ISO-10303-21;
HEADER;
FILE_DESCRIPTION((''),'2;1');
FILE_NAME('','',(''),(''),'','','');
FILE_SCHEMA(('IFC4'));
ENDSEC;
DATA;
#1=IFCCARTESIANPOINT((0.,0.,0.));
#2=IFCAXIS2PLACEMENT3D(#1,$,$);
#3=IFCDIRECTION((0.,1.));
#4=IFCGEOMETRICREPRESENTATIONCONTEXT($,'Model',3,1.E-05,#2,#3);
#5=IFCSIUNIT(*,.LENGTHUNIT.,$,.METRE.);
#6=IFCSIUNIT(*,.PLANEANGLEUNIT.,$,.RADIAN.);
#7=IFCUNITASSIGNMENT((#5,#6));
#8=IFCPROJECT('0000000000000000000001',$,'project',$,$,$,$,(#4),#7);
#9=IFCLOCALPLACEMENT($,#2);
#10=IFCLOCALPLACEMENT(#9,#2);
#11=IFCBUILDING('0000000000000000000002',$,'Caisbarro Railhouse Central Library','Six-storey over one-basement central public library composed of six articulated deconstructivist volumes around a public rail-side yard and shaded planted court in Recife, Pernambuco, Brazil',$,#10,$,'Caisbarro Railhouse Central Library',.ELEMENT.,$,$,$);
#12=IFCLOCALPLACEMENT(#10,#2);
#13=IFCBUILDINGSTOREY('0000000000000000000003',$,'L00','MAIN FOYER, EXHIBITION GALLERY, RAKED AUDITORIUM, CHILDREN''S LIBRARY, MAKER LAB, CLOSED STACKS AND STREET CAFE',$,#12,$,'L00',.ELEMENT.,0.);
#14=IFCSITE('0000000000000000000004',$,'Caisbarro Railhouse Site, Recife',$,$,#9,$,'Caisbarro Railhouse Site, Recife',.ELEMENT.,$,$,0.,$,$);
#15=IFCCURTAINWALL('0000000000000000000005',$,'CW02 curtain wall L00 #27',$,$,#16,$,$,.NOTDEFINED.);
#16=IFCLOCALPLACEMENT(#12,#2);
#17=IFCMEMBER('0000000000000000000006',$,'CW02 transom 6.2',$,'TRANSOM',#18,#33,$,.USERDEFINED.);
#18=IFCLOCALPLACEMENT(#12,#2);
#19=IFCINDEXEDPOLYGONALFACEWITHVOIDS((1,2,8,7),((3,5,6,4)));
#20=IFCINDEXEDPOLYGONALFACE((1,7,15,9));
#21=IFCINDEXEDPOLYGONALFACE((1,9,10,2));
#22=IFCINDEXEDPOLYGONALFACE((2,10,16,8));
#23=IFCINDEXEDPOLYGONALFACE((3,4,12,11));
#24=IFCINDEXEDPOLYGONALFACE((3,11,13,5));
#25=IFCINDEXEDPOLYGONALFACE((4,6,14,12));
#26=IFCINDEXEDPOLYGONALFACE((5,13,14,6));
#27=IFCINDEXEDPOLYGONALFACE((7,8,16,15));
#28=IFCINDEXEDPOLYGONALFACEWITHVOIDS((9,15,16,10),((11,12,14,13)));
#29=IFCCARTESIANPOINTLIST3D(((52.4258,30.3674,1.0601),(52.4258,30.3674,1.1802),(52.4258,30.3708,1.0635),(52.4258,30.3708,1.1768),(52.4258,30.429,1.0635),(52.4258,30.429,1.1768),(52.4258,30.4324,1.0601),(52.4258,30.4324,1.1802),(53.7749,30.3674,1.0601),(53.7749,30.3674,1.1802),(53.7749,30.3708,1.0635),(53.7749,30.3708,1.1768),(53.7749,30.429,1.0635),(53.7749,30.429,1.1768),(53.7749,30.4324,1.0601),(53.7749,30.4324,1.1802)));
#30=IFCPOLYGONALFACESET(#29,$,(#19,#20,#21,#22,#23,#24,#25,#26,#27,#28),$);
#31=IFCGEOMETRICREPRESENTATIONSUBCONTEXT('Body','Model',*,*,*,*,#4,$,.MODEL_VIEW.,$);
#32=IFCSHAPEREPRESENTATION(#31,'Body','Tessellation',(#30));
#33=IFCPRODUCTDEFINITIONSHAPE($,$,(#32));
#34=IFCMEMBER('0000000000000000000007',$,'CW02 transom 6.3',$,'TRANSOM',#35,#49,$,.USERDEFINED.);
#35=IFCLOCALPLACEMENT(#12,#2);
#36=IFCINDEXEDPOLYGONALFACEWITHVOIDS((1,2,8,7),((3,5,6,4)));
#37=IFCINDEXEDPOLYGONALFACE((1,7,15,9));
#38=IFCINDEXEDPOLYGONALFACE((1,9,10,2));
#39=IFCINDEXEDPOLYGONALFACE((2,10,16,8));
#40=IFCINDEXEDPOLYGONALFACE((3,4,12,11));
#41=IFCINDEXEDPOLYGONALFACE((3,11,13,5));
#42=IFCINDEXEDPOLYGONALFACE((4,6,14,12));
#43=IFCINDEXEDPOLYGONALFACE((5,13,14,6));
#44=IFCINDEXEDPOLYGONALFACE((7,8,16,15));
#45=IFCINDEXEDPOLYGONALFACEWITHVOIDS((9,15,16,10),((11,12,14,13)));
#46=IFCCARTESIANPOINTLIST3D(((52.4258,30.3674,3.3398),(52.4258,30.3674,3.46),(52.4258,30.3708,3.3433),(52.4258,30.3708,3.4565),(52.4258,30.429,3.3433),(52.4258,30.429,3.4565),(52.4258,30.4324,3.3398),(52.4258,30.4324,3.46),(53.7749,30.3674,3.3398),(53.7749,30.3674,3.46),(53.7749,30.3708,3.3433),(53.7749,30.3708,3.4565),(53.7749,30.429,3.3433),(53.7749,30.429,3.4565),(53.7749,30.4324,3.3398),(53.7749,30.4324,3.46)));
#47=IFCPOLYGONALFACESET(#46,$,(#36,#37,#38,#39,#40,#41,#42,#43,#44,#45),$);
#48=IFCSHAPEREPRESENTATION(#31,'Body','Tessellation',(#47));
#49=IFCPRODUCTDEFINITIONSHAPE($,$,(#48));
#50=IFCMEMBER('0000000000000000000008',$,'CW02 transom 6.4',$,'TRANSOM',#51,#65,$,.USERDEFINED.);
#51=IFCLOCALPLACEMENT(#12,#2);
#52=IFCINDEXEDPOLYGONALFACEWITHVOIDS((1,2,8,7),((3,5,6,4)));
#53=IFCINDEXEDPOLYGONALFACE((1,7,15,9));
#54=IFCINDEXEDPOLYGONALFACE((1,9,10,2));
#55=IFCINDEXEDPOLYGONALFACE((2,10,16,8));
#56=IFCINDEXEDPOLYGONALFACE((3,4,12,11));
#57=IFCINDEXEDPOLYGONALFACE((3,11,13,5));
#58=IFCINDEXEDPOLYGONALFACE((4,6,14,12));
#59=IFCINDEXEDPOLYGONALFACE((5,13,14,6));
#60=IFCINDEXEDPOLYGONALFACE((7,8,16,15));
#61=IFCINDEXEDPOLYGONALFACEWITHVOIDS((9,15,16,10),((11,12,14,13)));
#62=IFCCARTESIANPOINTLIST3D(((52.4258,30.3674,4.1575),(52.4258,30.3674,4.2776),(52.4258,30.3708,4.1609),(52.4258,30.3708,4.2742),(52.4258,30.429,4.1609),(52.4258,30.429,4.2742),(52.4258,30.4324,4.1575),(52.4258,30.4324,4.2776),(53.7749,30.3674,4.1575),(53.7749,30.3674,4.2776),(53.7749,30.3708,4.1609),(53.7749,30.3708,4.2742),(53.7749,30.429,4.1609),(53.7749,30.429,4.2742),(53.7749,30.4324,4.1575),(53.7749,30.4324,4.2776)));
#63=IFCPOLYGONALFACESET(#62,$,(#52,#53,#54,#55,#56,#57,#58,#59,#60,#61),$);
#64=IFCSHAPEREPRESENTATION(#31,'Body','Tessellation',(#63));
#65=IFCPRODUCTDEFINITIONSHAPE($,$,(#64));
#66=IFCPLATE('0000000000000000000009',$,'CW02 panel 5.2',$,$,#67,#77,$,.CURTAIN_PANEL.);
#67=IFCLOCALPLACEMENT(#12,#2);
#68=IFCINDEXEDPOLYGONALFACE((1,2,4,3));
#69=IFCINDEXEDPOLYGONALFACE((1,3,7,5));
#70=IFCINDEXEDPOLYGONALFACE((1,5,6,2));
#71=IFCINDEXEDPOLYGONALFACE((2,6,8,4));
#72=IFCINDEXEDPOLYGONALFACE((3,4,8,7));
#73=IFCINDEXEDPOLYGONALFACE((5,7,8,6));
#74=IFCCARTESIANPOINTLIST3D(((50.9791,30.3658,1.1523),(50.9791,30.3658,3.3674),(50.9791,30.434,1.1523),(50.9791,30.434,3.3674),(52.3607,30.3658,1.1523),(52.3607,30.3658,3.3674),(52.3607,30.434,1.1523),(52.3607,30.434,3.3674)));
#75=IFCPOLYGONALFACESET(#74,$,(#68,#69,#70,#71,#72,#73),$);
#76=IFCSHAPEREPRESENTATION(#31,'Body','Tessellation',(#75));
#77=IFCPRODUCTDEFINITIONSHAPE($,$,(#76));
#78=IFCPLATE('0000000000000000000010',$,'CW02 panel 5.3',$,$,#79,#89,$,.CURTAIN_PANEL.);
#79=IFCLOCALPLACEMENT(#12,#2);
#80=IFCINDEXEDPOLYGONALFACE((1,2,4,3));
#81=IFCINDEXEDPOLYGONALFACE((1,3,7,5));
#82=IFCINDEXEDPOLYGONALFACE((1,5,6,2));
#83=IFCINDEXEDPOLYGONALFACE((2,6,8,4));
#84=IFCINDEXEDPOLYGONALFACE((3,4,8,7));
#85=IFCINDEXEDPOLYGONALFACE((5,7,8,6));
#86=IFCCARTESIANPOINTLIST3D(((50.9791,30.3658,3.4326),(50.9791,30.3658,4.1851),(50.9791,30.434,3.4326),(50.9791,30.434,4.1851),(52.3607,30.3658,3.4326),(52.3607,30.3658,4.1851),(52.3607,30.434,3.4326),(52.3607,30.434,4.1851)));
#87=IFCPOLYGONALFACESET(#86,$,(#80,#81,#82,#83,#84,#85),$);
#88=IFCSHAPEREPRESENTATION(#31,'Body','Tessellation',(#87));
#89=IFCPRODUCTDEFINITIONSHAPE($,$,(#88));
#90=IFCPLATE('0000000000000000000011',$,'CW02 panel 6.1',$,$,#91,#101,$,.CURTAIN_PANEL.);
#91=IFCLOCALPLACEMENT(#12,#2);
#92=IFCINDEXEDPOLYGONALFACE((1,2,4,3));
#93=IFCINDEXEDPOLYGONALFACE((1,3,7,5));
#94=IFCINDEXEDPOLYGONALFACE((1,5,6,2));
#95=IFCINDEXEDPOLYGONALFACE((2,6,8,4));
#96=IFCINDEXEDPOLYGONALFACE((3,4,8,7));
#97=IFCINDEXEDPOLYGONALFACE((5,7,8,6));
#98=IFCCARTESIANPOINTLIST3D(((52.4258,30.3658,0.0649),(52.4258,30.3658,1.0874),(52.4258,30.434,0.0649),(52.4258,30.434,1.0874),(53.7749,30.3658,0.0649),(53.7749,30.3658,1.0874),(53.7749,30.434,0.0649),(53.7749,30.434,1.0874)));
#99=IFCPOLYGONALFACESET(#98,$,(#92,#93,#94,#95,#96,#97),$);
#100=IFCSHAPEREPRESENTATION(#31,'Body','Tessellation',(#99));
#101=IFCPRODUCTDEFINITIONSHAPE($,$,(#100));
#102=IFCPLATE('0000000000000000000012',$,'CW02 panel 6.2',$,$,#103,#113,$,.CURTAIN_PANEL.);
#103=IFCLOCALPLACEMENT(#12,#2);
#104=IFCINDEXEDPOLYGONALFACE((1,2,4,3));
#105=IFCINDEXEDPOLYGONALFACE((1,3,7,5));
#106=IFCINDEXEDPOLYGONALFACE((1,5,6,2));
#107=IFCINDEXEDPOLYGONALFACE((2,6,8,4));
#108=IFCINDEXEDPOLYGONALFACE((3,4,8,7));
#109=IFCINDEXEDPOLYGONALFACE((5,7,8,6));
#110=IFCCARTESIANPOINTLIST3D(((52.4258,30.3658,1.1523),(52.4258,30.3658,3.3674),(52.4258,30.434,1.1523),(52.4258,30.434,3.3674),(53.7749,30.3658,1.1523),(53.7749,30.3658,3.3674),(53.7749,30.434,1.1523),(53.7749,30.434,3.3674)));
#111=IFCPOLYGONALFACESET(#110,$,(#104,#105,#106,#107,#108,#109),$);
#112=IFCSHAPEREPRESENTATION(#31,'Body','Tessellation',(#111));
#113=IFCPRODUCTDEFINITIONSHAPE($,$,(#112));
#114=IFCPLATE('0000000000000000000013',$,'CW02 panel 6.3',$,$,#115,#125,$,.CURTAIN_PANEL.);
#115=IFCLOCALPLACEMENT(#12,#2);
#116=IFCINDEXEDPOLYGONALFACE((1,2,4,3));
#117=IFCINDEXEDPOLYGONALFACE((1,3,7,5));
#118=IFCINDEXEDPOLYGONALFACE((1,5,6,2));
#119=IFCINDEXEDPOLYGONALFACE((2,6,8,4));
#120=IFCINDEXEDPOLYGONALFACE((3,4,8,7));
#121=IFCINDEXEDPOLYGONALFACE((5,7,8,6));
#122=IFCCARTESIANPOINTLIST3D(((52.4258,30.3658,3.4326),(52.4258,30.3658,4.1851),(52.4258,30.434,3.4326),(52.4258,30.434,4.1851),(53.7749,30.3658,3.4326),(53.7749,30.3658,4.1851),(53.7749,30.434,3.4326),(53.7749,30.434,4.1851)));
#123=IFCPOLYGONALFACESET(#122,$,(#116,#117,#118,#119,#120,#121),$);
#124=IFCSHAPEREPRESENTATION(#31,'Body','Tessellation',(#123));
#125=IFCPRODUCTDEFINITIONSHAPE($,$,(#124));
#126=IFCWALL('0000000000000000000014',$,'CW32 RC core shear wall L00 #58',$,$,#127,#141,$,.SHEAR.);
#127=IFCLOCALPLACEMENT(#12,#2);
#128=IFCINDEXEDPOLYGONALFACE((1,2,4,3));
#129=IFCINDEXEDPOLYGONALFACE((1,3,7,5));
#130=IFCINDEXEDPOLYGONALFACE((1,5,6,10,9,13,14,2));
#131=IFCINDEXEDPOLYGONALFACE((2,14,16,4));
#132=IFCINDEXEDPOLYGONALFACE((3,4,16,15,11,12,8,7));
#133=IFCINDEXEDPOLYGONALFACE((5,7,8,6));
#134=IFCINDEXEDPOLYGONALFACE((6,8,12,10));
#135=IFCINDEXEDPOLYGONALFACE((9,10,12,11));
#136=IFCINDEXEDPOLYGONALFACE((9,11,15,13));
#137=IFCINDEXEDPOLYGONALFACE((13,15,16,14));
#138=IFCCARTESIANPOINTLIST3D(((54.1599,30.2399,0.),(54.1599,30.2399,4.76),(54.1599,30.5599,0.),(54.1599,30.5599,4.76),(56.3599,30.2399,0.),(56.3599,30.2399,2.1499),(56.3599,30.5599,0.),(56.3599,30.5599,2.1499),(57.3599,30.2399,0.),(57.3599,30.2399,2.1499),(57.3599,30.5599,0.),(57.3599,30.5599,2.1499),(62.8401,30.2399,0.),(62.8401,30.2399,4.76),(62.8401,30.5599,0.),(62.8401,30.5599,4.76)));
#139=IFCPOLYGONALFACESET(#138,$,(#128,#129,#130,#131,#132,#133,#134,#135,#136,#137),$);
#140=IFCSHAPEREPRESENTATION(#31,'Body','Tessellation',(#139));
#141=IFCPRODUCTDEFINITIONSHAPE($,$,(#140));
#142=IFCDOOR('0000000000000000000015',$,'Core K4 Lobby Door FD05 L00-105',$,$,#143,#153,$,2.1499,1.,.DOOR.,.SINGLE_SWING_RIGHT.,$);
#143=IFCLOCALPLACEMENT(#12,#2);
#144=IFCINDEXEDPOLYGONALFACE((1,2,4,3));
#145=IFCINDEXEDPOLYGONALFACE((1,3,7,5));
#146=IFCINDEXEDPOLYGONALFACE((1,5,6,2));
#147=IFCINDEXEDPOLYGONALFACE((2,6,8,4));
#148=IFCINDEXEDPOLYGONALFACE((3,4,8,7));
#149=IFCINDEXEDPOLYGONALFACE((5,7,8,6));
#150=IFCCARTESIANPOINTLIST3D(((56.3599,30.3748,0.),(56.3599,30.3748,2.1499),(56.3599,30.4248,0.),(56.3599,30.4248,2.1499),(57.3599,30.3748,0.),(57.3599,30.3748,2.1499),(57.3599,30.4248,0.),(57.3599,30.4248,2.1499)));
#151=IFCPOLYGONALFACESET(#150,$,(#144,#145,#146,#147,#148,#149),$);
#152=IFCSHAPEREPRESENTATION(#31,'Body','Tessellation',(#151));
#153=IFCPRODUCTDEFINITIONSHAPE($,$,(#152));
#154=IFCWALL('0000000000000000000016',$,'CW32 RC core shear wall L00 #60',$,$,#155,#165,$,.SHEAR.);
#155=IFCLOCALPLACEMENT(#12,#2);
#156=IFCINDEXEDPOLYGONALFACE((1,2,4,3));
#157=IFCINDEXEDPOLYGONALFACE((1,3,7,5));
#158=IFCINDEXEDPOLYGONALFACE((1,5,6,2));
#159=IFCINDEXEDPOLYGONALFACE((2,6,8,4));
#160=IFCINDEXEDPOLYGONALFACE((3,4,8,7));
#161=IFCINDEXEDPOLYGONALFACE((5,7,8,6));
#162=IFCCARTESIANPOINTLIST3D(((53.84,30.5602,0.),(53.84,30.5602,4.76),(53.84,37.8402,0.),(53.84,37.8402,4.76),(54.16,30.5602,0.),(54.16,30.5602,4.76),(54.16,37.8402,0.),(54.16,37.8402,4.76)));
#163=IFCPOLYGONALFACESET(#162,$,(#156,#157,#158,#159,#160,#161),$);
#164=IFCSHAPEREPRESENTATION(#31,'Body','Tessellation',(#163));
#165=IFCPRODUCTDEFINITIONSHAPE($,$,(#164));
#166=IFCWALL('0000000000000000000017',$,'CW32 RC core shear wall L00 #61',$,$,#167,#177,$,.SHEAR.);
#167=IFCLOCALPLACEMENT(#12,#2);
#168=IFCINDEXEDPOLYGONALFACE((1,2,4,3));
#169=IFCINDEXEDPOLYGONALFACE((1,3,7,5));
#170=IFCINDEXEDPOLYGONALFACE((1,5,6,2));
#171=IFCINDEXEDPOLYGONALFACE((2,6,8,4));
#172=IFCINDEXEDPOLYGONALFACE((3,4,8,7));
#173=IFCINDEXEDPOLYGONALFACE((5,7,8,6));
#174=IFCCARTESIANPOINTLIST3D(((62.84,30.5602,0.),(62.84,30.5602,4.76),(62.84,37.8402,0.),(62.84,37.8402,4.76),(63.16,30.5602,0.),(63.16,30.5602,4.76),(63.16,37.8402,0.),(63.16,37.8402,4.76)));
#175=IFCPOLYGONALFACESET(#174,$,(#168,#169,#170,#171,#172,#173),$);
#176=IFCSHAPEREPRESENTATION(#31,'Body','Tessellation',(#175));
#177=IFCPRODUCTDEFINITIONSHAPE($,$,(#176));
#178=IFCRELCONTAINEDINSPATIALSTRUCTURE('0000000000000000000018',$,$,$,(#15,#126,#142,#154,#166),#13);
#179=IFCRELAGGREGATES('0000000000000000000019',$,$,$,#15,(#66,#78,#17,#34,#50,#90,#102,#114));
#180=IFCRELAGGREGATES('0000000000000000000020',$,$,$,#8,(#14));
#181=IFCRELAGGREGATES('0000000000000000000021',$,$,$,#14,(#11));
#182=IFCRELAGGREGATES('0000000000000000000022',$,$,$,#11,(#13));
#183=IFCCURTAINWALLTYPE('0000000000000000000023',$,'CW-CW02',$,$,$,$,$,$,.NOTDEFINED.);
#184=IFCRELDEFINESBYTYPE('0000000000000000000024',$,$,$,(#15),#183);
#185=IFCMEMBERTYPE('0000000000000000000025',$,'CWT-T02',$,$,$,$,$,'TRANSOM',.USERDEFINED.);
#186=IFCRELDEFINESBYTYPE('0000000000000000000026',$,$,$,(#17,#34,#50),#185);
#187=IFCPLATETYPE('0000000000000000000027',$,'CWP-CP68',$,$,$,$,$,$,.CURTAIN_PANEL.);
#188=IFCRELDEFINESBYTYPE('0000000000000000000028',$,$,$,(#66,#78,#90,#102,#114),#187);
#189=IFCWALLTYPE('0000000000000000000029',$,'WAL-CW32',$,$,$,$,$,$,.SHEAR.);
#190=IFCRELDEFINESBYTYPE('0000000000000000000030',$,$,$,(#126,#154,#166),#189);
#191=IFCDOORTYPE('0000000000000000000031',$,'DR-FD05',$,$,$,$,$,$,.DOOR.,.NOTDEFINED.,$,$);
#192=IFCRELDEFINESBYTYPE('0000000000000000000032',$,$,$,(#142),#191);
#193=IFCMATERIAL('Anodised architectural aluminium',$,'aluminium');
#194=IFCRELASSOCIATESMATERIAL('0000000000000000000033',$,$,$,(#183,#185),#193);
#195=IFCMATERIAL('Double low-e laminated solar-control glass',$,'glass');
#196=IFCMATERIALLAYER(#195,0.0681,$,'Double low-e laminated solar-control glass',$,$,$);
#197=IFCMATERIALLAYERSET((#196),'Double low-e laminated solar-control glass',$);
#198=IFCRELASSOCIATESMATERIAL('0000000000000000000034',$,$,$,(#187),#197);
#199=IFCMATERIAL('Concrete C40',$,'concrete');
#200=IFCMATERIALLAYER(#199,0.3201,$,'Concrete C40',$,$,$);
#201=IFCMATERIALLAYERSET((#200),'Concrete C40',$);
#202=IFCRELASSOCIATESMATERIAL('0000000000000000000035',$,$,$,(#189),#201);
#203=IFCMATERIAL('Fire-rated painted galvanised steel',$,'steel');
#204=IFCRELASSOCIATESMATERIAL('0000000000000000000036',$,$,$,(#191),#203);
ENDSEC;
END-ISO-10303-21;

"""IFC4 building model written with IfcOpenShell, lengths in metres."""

from ifc_helpers import new_model, si_unit, direction, frame, frame_2d, origin, origin_2d, place, context, subcontext, project, spatial, rectangle, hollow_rectangle, extrude, material, layer, layer_set, material_profile, profile_set, type_object, element, fill, aggregate, save


model = new_model("IFC4")

# Units and contexts
model_context = context("Model", 3, precision=1e-05, world=origin(), true_north=direction((0.0, 1.0)))
body_context = subcontext(model_context, "Body", "Model", "MODEL_VIEW")
ifc_project = project(units=[si_unit("LENGTHUNIT", "METRE"), si_unit("PLANEANGLEUNIT", "RADIAN")], contexts=[model_context])

# Site, building, storey
site_placement = place(None, origin())
site = spatial("IfcSite", under=ifc_project, at=site_placement, Name="Caisbarro Railhouse Site, Recife", LongName="Caisbarro Railhouse Site, Recife", CompositionType="ELEMENT", RefElevation=0.0)
building_placement = place(site_placement, origin())
building = spatial("IfcBuilding", under=site, at=building_placement, Name="Caisbarro Railhouse Central Library", Description="Six-storey over one-basement central public library composed of six articulated deconstructivist volumes around a public rail-side yard and shaded planted court in Recife, Pernambuco, Brazil", LongName="Caisbarro Railhouse Central Library", CompositionType="ELEMENT")
storey_placement = place(building_placement, origin())
storey = spatial("IfcBuildingStorey", under=building, at=storey_placement, Name="L00", Description="MAIN FOYER, EXHIBITION GALLERY, RAKED AUDITORIUM, CHILDREN'S LIBRARY, MAKER LAB, CLOSED STACKS AND STREET CAFE", LongName="L00", CompositionType="ELEMENT", Elevation=0.0)

# Shared definitions
ifc_material_1 = material(Name="Concrete C40", Category="concrete")

# Shared definitions
ifc_material_2 = material(Name="Anodised architectural aluminium", Category="aluminium")

# Curtain wall, members, plates
curtain_wall_type_1 = type_object("IfcCurtainWallType", Name="CW-CW02", PredefinedType="NOTDEFINED", material=ifc_material_2)
curtain_wall_1_placement = place(storey_placement, origin())
curtain_wall_1 = element("IfcCurtainWall", 1, at=curtain_wall_1_placement, inside=storey, type_object=curtain_wall_type_1, Name="CW02 curtain wall L00 #27", PredefinedType="NOTDEFINED")
ifc_material_profile_1 = material_profile(ifc_material_2, hollow_rectangle(XDim=0.0649, YDim=0.1201, WallThickness=0.0034, at=origin_2d()), Name="ALU-TRN-65X120")
ifc_profile_set_1 = profile_set([ifc_material_profile_1], Name="Anodised architectural aluminium")
member_type_1 = type_object("IfcMemberType", Name="CWT-T02", ElementType="TRANSOM", PredefinedType="USERDEFINED", material=ifc_profile_set_1)
member_1_placement = place(storey_placement, frame((52.4258, 30.3999, 1.1201), z_axis=(1.0, 0.0, 0.0), x_axis=(0.0, 1.0, 0.0)))
member_1 = element("IfcMember", 2, at=member_1_placement, type_object=member_type_1, Name="CW02 transom 6.2", ObjectType="TRANSOM", PredefinedType="USERDEFINED", context=body_context, shape_type="SweptSolid", body=[
    extrude(hollow_rectangle(XDim=0.0649, YDim=0.1201, WallThickness=0.0034, at=origin_2d()), origin(), (0.0, 0.0, 1.0), 1.3491),
])
member_2_placement = place(storey_placement, frame((52.4258, 30.3999, 3.3999), z_axis=(1.0, 0.0, 0.0), x_axis=(0.0, 1.0, 0.0)))
member_2 = element("IfcMember", 3, at=member_2_placement, type_object=member_type_1, Name="CW02 transom 6.3", ObjectType="TRANSOM", PredefinedType="USERDEFINED", context=body_context, shape_type="SweptSolid", body=[
    extrude(hollow_rectangle(XDim=0.0649, YDim=0.1201, WallThickness=0.0034, at=origin_2d()), origin(), (0.0, 0.0, 1.0), 1.3491),
])
member_3_placement = place(storey_placement, frame((52.4258, 30.3999, 4.2175), z_axis=(1.0, 0.0, 0.0), x_axis=(0.0, 1.0, 0.0)))
member_3 = element("IfcMember", 4, at=member_3_placement, type_object=member_type_1, Name="CW02 transom 6.4", ObjectType="TRANSOM", PredefinedType="USERDEFINED", context=body_context, shape_type="SweptSolid", body=[
    extrude(hollow_rectangle(XDim=0.0649, YDim=0.1201, WallThickness=0.0034, at=origin_2d()), origin(), (0.0, 0.0, 1.0), 1.3491),
])
ifc_material_3 = material(Name="Double low-e laminated solar-control glass", Category="glass")
ifc_layer_1 = layer(ifc_material_3, 0.0681, Name="Double low-e laminated solar-control glass")
ifc_layer_set_1 = layer_set([ifc_layer_1], Name="Double low-e laminated solar-control glass")
plate_type = type_object("IfcPlateType", Name="CWP-CP68", PredefinedType="CURTAIN_PANEL", material=ifc_layer_set_1)
plate_1_placement = place(storey_placement, frame((51.6699, 30.3999, 1.1523), z_axis=(0.0, 0.0, 1.0), x_axis=(1.0, 0.0, 0.0)))
plate_1 = element("IfcPlate", 5, at=plate_1_placement, type_object=plate_type, Name="CW02 panel 5.2", PredefinedType="CURTAIN_PANEL", context=body_context, shape_type="SweptSolid", body=[
    extrude(rectangle(XDim=1.3816, YDim=0.0681, at=origin_2d()), origin(), (0.0, 0.0, 1.0), 2.2151),
])
plate_2_placement = place(storey_placement, frame((51.6699, 30.3999, 3.4326), z_axis=(0.0, 0.0, 1.0), x_axis=(1.0, 0.0, 0.0)))
plate_2 = element("IfcPlate", 6, at=plate_2_placement, type_object=plate_type, Name="CW02 panel 5.3", PredefinedType="CURTAIN_PANEL", context=body_context, shape_type="SweptSolid", body=[
    extrude(rectangle(XDim=1.3816, YDim=0.0681, at=origin_2d()), origin(), (0.0, 0.0, 1.0), 0.7524),
])
plate_3_placement = place(storey_placement, frame((53.1003, 30.3999, 0.0649), z_axis=(0.0, 0.0, 1.0), x_axis=(1.0, 0.0, 0.0)))
plate_3 = element("IfcPlate", 7, at=plate_3_placement, type_object=plate_type, Name="CW02 panel 6.1", PredefinedType="CURTAIN_PANEL", context=body_context, shape_type="SweptSolid", body=[
    extrude(rectangle(XDim=1.3491, YDim=0.0681, at=origin_2d()), origin(), (0.0, 0.0, 1.0), 1.0225),
])
plate_4_placement = place(storey_placement, frame((53.1003, 30.3999, 1.1523), z_axis=(0.0, 0.0, 1.0), x_axis=(1.0, 0.0, 0.0)))
plate_4 = element("IfcPlate", 8, at=plate_4_placement, type_object=plate_type, Name="CW02 panel 6.2", PredefinedType="CURTAIN_PANEL", context=body_context, shape_type="SweptSolid", body=[
    extrude(rectangle(XDim=1.3491, YDim=0.0681, at=origin_2d()), origin(), (0.0, 0.0, 1.0), 2.2151),
])
plate_5_placement = place(storey_placement, frame((53.1003, 30.3999, 3.4326), z_axis=(0.0, 0.0, 1.0), x_axis=(1.0, 0.0, 0.0)))
plate_5 = element("IfcPlate", 9, at=plate_5_placement, type_object=plate_type, Name="CW02 panel 6.3", PredefinedType="CURTAIN_PANEL", context=body_context, shape_type="SweptSolid", body=[
    extrude(rectangle(XDim=1.3491, YDim=0.0681, at=origin_2d()), origin(), (0.0, 0.0, 1.0), 0.7524),
])
aggregate(curtain_wall_1, [plate_1, plate_2, member_1, member_2, member_3, plate_3, plate_4, plate_5])

# Wall, opening, door
ifc_layer_2 = layer(ifc_material_1, 0.3201, Name="Concrete C40")
ifc_layer_set_2 = layer_set([ifc_layer_2], Name="Concrete C40")
wall_type_1 = type_object("IfcWallType", Name="WAL-CW32", PredefinedType="SHEAR", material=ifc_layer_set_2)
wall_1_placement = place(storey_placement, frame((54.1599, 30.3999, 0.0), z_axis=(0.0, 0.0, 1.0), x_axis=(1.0, 0.0, 0.0)))
wall_1 = element("IfcWall", 10, at=wall_1_placement, inside=storey, type_object=wall_type_1, Name="CW32 RC core shear wall L00 #58", PredefinedType="SHEAR", context=body_context, shape_type="SweptSolid", body=[
    extrude(rectangle(XDim=8.6802, YDim=0.3201, at=frame_2d((4.3401, 0.0))), origin(), (0.0, 0.0, 1.0), 4.76),
])
opening_1_placement = place(wall_1_placement, frame((2.2, 0.0, 0.0)))
opening_1 = element("IfcOpeningElement", 11, at=opening_1_placement, cuts=wall_1, PredefinedType="OPENING", context=body_context, shape_type="SweptSolid", body=[
    extrude(rectangle(XDim=1.0, YDim=2.1499, at=frame_2d((0.5, 1.075))), frame((0.0, 0.1699, 0.0), z_axis=(0.0, -1.0, 0.0), x_axis=(1.0, 0.0, 0.0)), (0.0, 0.0, 1.0), 0.3401),
])
ifc_material_4 = material(Name="Fire-rated painted galvanised steel", Category="steel")
door_type_1 = type_object("IfcDoorType", Name="DR-FD05", OperationType="NOTDEFINED", PredefinedType="DOOR", material=ifc_material_4)
door_1_placement = place(opening_1_placement, origin())
door_1 = element("IfcDoor", 12, at=door_1_placement, inside=storey, type_object=door_type_1, Name="Core K4 Lobby Door FD05 L00-105", OperationType="SINGLE_SWING_RIGHT", OverallHeight=2.1499, OverallWidth=1.0, PredefinedType="DOOR", context=body_context, shape_type="SweptSolid", body=[
    extrude(rectangle(XDim=1.0, YDim=2.1499, at=frame_2d((0.5, 1.075))), frame((0.0, 0.0249, 0.0), z_axis=(0.0, -1.0, 0.0), x_axis=(1.0, 0.0, 0.0)), (0.0, 0.0, 1.0), 0.05),
])
fill(opening_1, door_1)

# Walls
for number, where, z_axis, x_axis, name in (
    (13, (54.0, 30.5601, 0.0), (0.0, 0.0, 1.0), (0.0, 1.0, 0.0), "CW32 RC core shear wall L00 #60"),
    (14, (63.0, 30.5601, 0.0), (0.0, 0.0, 1.0), (0.0, 1.0, 0.0), "CW32 RC core shear wall L00 #61"),
):
    element("IfcWall", number, at=place(storey_placement, frame(where, z_axis=z_axis, x_axis=x_axis)), inside=storey, type_object=wall_type_1, Name=name, PredefinedType="SHEAR", context=body_context, shape_type="SweptSolid", body=[
        extrude(rectangle(XDim=7.28, YDim=0.3201, at=frame_2d((3.6401, 0.0))), origin(), (0.0, 0.0, 1.0), 4.76),
    ])

save(model, "model.ifc")
